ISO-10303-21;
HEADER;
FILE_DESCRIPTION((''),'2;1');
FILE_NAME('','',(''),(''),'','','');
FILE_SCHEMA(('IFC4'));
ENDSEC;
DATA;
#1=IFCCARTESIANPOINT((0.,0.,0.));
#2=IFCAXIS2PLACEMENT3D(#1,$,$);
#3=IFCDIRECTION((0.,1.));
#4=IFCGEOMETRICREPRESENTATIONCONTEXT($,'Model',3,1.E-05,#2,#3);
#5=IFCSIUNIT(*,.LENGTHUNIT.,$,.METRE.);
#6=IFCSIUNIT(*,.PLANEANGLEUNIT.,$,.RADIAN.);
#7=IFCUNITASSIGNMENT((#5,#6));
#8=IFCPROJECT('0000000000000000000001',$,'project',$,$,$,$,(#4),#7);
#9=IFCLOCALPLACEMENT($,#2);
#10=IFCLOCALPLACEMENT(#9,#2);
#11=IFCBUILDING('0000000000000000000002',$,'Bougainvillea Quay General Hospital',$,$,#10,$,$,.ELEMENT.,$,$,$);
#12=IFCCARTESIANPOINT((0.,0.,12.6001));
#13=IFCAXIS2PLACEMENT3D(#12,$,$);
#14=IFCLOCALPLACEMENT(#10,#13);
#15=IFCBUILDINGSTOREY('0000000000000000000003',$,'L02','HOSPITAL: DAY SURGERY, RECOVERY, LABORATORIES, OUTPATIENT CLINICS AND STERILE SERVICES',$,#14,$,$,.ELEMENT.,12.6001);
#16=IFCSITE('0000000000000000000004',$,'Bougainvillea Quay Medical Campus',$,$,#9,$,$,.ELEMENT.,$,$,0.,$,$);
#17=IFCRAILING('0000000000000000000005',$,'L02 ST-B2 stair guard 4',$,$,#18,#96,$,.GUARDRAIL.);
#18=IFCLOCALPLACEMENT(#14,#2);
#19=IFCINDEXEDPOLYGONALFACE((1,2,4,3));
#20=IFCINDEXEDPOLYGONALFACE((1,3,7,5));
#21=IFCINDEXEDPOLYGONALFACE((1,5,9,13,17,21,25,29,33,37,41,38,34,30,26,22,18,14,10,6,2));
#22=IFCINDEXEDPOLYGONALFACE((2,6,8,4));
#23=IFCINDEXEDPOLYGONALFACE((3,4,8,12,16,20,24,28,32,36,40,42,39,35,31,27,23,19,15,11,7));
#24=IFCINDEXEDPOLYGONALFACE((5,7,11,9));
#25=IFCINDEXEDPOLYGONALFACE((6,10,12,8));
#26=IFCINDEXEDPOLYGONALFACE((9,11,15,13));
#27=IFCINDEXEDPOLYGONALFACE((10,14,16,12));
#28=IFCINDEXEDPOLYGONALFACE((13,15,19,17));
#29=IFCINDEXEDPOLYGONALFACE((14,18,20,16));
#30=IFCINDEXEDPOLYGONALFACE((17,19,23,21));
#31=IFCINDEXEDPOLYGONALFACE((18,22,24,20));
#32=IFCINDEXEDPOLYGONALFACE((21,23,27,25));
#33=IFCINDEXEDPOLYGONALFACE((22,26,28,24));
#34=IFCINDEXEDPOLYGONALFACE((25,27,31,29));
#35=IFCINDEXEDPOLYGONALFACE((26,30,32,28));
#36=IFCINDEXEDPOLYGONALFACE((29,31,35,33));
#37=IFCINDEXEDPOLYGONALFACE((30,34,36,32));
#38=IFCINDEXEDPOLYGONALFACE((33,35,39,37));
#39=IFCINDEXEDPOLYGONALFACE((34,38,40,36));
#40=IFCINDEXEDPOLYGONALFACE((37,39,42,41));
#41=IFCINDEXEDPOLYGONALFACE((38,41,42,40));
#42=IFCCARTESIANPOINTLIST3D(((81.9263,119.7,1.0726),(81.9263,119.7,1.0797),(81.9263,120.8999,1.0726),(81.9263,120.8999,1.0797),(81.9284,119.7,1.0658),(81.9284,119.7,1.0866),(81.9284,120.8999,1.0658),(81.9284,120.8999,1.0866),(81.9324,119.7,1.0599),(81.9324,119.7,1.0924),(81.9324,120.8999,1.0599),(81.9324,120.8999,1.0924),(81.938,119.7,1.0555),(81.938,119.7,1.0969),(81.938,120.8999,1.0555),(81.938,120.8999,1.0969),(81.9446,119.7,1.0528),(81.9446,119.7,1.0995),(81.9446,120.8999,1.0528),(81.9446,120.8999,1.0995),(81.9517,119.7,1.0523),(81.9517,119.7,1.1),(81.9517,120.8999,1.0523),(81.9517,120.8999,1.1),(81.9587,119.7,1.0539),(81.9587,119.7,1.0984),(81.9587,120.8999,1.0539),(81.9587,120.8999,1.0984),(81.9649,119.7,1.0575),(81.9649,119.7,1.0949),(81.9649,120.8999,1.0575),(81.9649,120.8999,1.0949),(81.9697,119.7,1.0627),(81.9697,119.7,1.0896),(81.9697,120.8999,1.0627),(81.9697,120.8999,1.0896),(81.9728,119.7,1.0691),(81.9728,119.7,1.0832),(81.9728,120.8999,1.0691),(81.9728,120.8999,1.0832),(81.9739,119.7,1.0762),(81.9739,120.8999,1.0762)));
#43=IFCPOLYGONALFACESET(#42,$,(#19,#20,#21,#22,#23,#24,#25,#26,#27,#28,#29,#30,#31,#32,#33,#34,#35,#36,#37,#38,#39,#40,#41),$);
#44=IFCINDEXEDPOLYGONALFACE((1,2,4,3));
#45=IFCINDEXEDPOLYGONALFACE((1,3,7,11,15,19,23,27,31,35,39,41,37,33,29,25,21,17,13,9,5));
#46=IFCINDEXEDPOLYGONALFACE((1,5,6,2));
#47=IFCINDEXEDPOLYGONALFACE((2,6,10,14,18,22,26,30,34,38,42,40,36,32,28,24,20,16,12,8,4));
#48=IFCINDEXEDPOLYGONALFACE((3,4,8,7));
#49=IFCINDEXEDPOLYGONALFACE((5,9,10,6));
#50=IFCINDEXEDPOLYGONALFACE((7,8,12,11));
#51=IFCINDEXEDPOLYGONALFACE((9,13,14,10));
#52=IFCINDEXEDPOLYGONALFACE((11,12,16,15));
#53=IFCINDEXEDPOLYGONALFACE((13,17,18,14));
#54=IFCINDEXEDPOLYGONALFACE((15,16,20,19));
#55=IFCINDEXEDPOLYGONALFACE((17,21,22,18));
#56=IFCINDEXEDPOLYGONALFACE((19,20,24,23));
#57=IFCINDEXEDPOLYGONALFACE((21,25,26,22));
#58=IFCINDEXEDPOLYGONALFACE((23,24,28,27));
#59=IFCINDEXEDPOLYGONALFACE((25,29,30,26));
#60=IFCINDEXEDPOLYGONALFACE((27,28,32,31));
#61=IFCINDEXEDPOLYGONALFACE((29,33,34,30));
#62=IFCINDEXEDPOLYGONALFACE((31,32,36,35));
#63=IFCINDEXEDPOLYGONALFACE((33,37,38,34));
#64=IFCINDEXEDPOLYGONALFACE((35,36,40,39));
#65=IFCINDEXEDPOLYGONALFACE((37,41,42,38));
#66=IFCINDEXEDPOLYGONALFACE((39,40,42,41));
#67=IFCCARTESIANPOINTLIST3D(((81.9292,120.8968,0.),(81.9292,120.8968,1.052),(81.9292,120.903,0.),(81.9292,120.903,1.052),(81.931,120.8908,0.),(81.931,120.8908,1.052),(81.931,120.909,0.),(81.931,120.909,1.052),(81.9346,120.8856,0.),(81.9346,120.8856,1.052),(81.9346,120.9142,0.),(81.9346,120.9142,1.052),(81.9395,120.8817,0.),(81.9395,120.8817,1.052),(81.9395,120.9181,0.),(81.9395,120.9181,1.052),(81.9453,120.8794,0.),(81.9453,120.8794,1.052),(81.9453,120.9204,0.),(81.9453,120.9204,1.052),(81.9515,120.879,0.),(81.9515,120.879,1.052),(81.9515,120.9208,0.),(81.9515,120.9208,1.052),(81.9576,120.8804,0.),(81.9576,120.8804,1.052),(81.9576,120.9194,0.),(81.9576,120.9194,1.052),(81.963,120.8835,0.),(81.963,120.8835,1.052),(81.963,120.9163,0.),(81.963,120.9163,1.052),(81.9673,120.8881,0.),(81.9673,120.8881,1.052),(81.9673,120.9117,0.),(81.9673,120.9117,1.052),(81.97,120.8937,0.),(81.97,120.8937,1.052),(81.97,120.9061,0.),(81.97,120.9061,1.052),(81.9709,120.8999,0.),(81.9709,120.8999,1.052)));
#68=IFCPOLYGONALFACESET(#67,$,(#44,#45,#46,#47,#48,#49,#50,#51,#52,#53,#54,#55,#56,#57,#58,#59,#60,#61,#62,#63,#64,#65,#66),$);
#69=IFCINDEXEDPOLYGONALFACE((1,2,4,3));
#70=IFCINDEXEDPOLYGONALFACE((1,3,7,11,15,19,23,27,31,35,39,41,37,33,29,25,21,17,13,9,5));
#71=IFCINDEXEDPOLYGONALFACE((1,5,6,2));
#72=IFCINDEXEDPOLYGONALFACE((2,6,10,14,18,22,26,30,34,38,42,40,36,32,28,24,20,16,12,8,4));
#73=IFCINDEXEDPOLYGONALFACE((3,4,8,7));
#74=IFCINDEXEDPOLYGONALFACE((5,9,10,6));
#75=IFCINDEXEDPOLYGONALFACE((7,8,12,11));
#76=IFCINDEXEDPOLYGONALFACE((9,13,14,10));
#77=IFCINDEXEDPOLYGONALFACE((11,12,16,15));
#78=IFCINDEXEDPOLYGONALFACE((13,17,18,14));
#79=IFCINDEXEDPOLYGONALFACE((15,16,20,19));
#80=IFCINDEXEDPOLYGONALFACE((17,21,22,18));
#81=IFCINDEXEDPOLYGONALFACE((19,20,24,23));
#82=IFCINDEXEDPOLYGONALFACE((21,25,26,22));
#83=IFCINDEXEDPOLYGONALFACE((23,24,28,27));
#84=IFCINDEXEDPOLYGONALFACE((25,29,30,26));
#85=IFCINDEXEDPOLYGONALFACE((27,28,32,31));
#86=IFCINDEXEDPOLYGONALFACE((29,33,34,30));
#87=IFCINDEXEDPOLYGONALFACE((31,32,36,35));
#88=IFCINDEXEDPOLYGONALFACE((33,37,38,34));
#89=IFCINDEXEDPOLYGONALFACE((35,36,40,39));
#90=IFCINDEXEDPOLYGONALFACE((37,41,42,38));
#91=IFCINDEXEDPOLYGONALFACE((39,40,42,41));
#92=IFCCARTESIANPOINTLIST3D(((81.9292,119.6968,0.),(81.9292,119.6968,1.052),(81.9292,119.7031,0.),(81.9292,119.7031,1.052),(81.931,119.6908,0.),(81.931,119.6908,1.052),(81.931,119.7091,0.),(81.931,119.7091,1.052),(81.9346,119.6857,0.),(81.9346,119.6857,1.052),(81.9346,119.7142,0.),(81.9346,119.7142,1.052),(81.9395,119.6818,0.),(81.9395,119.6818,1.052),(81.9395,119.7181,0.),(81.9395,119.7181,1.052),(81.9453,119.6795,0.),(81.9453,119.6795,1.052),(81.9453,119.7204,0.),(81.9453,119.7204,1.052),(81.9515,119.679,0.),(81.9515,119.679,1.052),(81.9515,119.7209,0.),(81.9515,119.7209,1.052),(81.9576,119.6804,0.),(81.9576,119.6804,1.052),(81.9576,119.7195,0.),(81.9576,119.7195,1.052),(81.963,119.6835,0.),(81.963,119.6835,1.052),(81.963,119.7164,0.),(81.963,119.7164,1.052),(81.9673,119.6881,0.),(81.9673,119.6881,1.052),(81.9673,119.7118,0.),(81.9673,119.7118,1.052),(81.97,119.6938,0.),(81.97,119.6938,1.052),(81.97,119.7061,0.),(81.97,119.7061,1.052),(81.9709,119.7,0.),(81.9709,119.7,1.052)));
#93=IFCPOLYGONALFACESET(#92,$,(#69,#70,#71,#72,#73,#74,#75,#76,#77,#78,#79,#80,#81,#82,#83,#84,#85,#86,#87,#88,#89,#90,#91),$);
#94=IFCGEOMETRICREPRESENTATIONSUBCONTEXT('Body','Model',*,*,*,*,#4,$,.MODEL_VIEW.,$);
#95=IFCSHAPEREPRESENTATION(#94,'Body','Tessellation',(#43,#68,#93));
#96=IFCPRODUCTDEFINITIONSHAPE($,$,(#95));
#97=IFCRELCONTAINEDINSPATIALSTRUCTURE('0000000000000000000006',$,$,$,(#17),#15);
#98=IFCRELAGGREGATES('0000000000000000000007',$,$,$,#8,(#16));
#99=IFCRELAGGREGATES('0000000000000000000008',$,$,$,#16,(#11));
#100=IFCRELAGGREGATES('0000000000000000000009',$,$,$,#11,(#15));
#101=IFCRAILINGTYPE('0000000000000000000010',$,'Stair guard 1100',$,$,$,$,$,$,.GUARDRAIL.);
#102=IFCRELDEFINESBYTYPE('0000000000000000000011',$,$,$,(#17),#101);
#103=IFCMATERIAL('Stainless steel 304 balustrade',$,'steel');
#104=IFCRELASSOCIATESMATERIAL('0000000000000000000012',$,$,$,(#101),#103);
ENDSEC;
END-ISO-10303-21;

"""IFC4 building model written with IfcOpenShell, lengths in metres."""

from ifc_helpers import new_model, si_unit, direction, frame, origin, origin_2d, place, context, subcontext, project, spatial, circle, extrude, material, type_object, element, save


model = new_model("IFC4")

# Units and contexts
model_context = context("Model", 3, precision=1e-05, world=origin(), true_north=direction((0.0, 1.0)))
body_context = subcontext(model_context, "Body", "Model", "MODEL_VIEW")
ifc_project = project(units=[si_unit("LENGTHUNIT", "METRE"), si_unit("PLANEANGLEUNIT", "RADIAN")], contexts=[model_context])

# Site, building, storey
site_placement = place(None, origin())
site = spatial("IfcSite", under=ifc_project, at=site_placement, Name="Bougainvillea Quay Medical Campus", CompositionType="ELEMENT", RefElevation=0.0)
building_placement = place(site_placement, origin())
building = spatial("IfcBuilding", under=site, at=building_placement, Name="Bougainvillea Quay General Hospital", CompositionType="ELEMENT")
storey_placement = place(building_placement, frame((0.0, 0.0, 12.6001)))
storey = spatial("IfcBuildingStorey", under=building, at=storey_placement, Name="L02", Description="HOSPITAL: DAY SURGERY, RECOVERY, LABORATORIES, OUTPATIENT CLINICS AND STERILE SERVICES", CompositionType="ELEMENT", Elevation=12.6001)

# Railing
ifc_material_1 = material(Name="Stainless steel 304 balustrade", Category="steel")
railing_type_1 = type_object("IfcRailingType", Name="Stair guard 1100", PredefinedType="GUARDRAIL", material=ifc_material_1)
railing_1_placement = place(storey_placement, frame((81.95, 120.8999, 0.0)))
element("IfcRailing", 1, at=railing_1_placement, inside=storey, type_object=railing_type_1, Name="L02 ST-B2 stair guard 4", PredefinedType="GUARDRAIL", context=body_context, shape_type="SweptSolid", body=[
    extrude(circle(Radius=0.0239, at=origin_2d()), frame((0.0, 0.0, 1.0762), z_axis=(0.0, -1.0, 0.0), x_axis=(1.0, 0.0, 0.0)), (0.0, 0.0, 1.0), 1.2),
    extrude(circle(Radius=0.021, at=origin_2d()), origin(), (0.0, 0.0, 1.0), 1.052),
    extrude(circle(Radius=0.021, at=origin_2d()), frame((0.0, -1.2, 0.0)), (0.0, 0.0, 1.0), 1.052),
])

save(model, "model.ifc")
